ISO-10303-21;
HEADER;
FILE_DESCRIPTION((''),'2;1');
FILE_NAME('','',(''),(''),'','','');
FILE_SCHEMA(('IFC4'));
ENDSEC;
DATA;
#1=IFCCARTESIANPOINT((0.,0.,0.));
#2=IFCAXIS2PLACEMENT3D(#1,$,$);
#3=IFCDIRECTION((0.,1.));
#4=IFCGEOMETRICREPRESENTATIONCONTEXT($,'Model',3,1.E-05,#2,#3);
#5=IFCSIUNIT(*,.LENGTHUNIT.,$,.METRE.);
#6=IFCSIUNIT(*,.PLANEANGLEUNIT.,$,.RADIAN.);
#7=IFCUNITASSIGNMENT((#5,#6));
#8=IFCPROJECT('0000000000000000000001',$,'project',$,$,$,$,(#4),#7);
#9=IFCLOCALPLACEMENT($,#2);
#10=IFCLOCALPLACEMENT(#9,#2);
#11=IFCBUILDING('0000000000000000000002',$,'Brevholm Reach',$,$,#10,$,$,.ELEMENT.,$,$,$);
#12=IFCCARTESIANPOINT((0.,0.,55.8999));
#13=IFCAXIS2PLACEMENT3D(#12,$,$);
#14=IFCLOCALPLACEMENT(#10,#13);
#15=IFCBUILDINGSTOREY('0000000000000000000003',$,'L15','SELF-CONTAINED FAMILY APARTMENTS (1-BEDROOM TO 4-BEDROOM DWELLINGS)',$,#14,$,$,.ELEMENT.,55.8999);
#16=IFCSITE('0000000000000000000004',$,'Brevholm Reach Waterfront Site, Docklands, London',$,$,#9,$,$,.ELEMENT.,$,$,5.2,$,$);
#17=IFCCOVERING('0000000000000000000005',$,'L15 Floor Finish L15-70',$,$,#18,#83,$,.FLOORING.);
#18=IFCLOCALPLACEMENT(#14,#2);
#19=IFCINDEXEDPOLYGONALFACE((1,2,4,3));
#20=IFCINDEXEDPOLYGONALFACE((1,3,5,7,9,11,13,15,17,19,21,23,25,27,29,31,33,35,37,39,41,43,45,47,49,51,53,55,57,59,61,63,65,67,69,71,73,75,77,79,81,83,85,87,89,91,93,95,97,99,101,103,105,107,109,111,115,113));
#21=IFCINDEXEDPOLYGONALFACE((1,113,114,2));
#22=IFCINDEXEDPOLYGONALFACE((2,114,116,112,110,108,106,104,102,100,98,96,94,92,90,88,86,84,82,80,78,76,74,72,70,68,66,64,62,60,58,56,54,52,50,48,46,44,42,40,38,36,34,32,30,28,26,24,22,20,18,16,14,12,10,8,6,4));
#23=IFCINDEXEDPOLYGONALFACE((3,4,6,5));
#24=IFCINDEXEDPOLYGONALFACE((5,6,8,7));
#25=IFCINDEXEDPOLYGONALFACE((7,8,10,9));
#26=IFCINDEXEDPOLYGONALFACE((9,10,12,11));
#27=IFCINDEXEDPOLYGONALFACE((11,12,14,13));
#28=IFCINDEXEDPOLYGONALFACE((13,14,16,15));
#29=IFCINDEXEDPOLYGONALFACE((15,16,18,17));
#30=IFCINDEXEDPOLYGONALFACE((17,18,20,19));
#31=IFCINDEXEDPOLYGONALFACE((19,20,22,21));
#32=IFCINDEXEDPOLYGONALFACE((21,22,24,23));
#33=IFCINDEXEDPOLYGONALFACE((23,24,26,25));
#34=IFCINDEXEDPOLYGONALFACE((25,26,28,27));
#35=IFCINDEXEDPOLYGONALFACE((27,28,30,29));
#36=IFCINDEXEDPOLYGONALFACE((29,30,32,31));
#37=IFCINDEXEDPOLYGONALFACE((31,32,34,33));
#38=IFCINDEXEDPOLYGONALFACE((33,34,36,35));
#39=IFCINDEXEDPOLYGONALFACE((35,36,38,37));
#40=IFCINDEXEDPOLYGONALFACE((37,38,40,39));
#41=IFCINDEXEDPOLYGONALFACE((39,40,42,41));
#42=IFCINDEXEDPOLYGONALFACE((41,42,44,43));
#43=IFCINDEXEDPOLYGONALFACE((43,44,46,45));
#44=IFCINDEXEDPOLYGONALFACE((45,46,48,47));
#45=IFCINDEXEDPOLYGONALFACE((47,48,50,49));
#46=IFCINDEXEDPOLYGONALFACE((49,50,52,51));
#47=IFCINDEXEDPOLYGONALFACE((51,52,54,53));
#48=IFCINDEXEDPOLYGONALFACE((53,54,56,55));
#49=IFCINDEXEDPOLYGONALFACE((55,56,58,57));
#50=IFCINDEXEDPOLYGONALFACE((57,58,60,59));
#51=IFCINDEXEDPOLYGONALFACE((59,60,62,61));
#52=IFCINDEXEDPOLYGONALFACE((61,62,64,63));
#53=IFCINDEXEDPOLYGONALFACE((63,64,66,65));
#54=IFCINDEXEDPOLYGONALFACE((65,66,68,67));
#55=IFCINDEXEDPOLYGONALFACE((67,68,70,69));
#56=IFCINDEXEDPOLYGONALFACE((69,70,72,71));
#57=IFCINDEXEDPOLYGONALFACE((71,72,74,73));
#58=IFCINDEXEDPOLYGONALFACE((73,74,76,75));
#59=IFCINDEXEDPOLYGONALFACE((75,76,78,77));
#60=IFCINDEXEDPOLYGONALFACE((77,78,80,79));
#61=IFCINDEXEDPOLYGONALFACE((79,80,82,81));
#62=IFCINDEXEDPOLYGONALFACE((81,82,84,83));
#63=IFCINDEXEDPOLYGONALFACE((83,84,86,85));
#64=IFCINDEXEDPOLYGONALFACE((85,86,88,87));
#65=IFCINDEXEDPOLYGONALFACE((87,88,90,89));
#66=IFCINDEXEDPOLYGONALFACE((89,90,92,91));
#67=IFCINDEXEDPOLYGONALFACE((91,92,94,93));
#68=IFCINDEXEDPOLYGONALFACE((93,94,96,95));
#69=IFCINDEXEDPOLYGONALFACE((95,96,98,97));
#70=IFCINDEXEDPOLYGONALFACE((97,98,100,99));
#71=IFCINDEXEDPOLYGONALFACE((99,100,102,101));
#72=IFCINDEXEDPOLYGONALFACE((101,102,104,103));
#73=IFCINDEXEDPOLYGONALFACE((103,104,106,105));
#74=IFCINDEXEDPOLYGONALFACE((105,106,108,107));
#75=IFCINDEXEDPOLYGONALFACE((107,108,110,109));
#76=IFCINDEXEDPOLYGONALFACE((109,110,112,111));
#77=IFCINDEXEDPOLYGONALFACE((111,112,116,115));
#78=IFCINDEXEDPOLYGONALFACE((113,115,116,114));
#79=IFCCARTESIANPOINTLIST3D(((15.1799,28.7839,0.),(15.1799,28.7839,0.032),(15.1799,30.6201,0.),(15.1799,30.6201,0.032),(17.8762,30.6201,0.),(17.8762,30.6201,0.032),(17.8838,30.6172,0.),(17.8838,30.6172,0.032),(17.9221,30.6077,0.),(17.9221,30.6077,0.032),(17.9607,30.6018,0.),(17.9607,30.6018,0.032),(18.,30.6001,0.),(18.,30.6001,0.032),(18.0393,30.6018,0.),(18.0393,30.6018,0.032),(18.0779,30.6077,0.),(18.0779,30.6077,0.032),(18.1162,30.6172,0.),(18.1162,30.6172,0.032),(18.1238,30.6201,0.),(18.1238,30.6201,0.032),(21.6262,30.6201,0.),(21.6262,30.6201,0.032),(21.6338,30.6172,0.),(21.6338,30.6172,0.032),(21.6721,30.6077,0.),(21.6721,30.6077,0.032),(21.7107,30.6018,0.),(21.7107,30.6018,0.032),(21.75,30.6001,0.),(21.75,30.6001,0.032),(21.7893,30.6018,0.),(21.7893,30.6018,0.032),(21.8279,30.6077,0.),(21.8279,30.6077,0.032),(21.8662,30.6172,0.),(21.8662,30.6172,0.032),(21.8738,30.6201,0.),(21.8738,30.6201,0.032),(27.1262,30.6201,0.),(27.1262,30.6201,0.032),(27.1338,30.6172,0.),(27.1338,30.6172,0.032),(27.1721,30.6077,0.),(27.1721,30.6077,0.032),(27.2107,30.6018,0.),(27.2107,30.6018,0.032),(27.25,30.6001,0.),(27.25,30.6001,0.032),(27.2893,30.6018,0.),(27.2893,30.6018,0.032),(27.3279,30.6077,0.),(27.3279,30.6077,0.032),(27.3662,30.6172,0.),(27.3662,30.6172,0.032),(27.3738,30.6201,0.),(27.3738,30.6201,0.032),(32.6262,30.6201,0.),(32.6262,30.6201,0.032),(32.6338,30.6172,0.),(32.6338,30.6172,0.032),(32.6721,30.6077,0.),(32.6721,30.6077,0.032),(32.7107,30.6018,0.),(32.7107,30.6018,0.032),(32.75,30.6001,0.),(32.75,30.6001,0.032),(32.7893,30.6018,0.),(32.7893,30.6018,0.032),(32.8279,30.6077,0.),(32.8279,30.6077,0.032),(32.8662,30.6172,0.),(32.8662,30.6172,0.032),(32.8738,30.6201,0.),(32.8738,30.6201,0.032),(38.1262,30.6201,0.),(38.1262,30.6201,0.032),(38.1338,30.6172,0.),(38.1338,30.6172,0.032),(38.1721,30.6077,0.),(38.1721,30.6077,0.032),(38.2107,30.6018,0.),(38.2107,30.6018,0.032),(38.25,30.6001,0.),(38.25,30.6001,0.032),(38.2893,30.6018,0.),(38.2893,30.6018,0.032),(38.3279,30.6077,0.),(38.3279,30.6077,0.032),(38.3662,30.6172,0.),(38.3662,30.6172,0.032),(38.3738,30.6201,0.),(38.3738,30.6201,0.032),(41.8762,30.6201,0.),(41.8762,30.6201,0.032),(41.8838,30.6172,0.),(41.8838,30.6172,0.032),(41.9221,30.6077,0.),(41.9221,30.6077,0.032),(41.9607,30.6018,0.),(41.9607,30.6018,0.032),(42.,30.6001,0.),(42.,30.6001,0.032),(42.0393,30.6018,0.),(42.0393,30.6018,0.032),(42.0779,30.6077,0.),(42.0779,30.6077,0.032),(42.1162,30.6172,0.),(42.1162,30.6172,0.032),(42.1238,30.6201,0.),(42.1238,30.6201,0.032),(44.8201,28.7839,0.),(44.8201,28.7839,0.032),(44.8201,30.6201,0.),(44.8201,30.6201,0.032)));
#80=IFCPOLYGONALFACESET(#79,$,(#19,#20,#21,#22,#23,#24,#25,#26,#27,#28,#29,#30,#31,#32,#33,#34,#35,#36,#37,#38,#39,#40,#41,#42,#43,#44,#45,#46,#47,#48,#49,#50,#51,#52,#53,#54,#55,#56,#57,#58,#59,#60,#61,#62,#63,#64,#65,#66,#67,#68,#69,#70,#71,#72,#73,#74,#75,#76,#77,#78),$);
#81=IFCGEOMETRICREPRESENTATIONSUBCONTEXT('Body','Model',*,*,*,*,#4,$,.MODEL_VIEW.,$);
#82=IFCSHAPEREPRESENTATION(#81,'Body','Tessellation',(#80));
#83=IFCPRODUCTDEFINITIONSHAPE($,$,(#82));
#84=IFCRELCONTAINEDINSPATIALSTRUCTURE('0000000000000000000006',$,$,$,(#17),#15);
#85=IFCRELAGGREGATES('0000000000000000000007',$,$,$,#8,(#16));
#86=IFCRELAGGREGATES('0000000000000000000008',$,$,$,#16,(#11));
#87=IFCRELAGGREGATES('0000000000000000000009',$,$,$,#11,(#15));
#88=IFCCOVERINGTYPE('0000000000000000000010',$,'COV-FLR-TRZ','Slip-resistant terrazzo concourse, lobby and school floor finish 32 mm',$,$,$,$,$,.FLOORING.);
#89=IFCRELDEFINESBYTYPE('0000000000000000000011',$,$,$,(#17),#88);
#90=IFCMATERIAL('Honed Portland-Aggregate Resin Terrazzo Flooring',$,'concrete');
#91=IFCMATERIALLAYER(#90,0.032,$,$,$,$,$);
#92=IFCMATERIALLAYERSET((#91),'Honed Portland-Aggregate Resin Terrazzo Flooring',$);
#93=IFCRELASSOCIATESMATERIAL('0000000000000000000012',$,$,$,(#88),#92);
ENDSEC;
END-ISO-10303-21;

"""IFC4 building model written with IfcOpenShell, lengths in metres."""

from ifc_helpers import new_model, si_unit, direction, frame, origin, place, context, subcontext, project, spatial, polyline, outline, extrude, material, layer, layer_set, type_object, element, save


model = new_model("IFC4")

# Units and contexts
model_context = context("Model", 3, precision=1e-05, world=origin(), true_north=direction((0.0, 1.0)))
body_context = subcontext(model_context, "Body", "Model", "MODEL_VIEW")
ifc_project = project(units=[si_unit("LENGTHUNIT", "METRE"), si_unit("PLANEANGLEUNIT", "RADIAN")], contexts=[model_context])

# Site, building, storey
site_placement = place(None, origin())
site = spatial("IfcSite", under=ifc_project, at=site_placement, Name="Brevholm Reach Waterfront Site, Docklands, London", CompositionType="ELEMENT", RefElevation=5.2)
building_placement = place(site_placement, origin())
building = spatial("IfcBuilding", under=site, at=building_placement, Name="Brevholm Reach", CompositionType="ELEMENT")
storey_placement = place(building_placement, frame((0.0, 0.0, 55.8999)))
storey = spatial("IfcBuildingStorey", under=building, at=storey_placement, Name="L15", Description="SELF-CONTAINED FAMILY APARTMENTS (1-BEDROOM TO 4-BEDROOM DWELLINGS)", CompositionType="ELEMENT", Elevation=55.8999)

# Covering
ifc_material_1 = material(Name="Honed Portland-Aggregate Resin Terrazzo Flooring", Category="concrete")
ifc_layer_1 = layer(ifc_material_1, 0.032)
ifc_layer_set_1 = layer_set([ifc_layer_1], Name="Honed Portland-Aggregate Resin Terrazzo Flooring")
covering_type_1 = type_object("IfcCoveringType", Name="COV-FLR-TRZ", Description="Slip-resistant terrazzo concourse, lobby and school floor finish 32 mm", PredefinedType="FLOORING", material=ifc_layer_set_1)
covering_1_placement = place(storey_placement, origin())
element("IfcCovering", 1, at=covering_1_placement, inside=storey, type_object=covering_type_1, Name="L15 Floor Finish L15-70", PredefinedType="FLOORING", context=body_context, shape_type="SweptSolid", body=[
    extrude(outline(polyline([(15.1799, 30.6201), (17.8762, 30.6201), (17.8838, 30.6172), (17.9221, 30.6077), (17.9607, 30.6018), (18.0, 30.6001), (18.0393, 30.6018), (18.0779, 30.6077), (18.1162, 30.6172), (18.1238, 30.6201), (21.6262, 30.6201), (21.6338, 30.6172), (21.6721, 30.6077), (21.7107, 30.6018), (21.75, 30.6001), (21.7893, 30.6018), (21.8279, 30.6077), (21.8662, 30.6172), (21.8738, 30.6201), (27.1262, 30.6201), (27.1338, 30.6172), (27.1721, 30.6077), (27.2107, 30.6018), (27.25, 30.6001), (27.2893, 30.6018), (27.3279, 30.6077), (27.3662, 30.6172), (27.3738, 30.6201), (32.6262, 30.6201), (32.6338, 30.6172), (32.6721, 30.6077), (32.7107, 30.6018), (32.75, 30.6001), (32.7893, 30.6018), (32.8279, 30.6077), (32.8662, 30.6172), (32.8738, 30.6201), (38.1262, 30.6201), (38.1338, 30.6172), (38.1721, 30.6077), (38.2107, 30.6018), (38.25, 30.6001), (38.2893, 30.6018), (38.3279, 30.6077), (38.3662, 30.6172), (38.3738, 30.6201), (41.8762, 30.6201), (41.8838, 30.6172), (41.9221, 30.6077), (41.9607, 30.6018), (42.0, 30.6001), (42.0393, 30.6018), (42.0779, 30.6077), (42.1162, 30.6172), (42.1238, 30.6201), (44.8201, 30.6201), (44.8201, 28.7839), (15.1799, 28.7839), (15.1799, 30.6201)])), origin(), (0.0, 0.0, 1.0), 0.032),
])

save(model, "model.ifc")
